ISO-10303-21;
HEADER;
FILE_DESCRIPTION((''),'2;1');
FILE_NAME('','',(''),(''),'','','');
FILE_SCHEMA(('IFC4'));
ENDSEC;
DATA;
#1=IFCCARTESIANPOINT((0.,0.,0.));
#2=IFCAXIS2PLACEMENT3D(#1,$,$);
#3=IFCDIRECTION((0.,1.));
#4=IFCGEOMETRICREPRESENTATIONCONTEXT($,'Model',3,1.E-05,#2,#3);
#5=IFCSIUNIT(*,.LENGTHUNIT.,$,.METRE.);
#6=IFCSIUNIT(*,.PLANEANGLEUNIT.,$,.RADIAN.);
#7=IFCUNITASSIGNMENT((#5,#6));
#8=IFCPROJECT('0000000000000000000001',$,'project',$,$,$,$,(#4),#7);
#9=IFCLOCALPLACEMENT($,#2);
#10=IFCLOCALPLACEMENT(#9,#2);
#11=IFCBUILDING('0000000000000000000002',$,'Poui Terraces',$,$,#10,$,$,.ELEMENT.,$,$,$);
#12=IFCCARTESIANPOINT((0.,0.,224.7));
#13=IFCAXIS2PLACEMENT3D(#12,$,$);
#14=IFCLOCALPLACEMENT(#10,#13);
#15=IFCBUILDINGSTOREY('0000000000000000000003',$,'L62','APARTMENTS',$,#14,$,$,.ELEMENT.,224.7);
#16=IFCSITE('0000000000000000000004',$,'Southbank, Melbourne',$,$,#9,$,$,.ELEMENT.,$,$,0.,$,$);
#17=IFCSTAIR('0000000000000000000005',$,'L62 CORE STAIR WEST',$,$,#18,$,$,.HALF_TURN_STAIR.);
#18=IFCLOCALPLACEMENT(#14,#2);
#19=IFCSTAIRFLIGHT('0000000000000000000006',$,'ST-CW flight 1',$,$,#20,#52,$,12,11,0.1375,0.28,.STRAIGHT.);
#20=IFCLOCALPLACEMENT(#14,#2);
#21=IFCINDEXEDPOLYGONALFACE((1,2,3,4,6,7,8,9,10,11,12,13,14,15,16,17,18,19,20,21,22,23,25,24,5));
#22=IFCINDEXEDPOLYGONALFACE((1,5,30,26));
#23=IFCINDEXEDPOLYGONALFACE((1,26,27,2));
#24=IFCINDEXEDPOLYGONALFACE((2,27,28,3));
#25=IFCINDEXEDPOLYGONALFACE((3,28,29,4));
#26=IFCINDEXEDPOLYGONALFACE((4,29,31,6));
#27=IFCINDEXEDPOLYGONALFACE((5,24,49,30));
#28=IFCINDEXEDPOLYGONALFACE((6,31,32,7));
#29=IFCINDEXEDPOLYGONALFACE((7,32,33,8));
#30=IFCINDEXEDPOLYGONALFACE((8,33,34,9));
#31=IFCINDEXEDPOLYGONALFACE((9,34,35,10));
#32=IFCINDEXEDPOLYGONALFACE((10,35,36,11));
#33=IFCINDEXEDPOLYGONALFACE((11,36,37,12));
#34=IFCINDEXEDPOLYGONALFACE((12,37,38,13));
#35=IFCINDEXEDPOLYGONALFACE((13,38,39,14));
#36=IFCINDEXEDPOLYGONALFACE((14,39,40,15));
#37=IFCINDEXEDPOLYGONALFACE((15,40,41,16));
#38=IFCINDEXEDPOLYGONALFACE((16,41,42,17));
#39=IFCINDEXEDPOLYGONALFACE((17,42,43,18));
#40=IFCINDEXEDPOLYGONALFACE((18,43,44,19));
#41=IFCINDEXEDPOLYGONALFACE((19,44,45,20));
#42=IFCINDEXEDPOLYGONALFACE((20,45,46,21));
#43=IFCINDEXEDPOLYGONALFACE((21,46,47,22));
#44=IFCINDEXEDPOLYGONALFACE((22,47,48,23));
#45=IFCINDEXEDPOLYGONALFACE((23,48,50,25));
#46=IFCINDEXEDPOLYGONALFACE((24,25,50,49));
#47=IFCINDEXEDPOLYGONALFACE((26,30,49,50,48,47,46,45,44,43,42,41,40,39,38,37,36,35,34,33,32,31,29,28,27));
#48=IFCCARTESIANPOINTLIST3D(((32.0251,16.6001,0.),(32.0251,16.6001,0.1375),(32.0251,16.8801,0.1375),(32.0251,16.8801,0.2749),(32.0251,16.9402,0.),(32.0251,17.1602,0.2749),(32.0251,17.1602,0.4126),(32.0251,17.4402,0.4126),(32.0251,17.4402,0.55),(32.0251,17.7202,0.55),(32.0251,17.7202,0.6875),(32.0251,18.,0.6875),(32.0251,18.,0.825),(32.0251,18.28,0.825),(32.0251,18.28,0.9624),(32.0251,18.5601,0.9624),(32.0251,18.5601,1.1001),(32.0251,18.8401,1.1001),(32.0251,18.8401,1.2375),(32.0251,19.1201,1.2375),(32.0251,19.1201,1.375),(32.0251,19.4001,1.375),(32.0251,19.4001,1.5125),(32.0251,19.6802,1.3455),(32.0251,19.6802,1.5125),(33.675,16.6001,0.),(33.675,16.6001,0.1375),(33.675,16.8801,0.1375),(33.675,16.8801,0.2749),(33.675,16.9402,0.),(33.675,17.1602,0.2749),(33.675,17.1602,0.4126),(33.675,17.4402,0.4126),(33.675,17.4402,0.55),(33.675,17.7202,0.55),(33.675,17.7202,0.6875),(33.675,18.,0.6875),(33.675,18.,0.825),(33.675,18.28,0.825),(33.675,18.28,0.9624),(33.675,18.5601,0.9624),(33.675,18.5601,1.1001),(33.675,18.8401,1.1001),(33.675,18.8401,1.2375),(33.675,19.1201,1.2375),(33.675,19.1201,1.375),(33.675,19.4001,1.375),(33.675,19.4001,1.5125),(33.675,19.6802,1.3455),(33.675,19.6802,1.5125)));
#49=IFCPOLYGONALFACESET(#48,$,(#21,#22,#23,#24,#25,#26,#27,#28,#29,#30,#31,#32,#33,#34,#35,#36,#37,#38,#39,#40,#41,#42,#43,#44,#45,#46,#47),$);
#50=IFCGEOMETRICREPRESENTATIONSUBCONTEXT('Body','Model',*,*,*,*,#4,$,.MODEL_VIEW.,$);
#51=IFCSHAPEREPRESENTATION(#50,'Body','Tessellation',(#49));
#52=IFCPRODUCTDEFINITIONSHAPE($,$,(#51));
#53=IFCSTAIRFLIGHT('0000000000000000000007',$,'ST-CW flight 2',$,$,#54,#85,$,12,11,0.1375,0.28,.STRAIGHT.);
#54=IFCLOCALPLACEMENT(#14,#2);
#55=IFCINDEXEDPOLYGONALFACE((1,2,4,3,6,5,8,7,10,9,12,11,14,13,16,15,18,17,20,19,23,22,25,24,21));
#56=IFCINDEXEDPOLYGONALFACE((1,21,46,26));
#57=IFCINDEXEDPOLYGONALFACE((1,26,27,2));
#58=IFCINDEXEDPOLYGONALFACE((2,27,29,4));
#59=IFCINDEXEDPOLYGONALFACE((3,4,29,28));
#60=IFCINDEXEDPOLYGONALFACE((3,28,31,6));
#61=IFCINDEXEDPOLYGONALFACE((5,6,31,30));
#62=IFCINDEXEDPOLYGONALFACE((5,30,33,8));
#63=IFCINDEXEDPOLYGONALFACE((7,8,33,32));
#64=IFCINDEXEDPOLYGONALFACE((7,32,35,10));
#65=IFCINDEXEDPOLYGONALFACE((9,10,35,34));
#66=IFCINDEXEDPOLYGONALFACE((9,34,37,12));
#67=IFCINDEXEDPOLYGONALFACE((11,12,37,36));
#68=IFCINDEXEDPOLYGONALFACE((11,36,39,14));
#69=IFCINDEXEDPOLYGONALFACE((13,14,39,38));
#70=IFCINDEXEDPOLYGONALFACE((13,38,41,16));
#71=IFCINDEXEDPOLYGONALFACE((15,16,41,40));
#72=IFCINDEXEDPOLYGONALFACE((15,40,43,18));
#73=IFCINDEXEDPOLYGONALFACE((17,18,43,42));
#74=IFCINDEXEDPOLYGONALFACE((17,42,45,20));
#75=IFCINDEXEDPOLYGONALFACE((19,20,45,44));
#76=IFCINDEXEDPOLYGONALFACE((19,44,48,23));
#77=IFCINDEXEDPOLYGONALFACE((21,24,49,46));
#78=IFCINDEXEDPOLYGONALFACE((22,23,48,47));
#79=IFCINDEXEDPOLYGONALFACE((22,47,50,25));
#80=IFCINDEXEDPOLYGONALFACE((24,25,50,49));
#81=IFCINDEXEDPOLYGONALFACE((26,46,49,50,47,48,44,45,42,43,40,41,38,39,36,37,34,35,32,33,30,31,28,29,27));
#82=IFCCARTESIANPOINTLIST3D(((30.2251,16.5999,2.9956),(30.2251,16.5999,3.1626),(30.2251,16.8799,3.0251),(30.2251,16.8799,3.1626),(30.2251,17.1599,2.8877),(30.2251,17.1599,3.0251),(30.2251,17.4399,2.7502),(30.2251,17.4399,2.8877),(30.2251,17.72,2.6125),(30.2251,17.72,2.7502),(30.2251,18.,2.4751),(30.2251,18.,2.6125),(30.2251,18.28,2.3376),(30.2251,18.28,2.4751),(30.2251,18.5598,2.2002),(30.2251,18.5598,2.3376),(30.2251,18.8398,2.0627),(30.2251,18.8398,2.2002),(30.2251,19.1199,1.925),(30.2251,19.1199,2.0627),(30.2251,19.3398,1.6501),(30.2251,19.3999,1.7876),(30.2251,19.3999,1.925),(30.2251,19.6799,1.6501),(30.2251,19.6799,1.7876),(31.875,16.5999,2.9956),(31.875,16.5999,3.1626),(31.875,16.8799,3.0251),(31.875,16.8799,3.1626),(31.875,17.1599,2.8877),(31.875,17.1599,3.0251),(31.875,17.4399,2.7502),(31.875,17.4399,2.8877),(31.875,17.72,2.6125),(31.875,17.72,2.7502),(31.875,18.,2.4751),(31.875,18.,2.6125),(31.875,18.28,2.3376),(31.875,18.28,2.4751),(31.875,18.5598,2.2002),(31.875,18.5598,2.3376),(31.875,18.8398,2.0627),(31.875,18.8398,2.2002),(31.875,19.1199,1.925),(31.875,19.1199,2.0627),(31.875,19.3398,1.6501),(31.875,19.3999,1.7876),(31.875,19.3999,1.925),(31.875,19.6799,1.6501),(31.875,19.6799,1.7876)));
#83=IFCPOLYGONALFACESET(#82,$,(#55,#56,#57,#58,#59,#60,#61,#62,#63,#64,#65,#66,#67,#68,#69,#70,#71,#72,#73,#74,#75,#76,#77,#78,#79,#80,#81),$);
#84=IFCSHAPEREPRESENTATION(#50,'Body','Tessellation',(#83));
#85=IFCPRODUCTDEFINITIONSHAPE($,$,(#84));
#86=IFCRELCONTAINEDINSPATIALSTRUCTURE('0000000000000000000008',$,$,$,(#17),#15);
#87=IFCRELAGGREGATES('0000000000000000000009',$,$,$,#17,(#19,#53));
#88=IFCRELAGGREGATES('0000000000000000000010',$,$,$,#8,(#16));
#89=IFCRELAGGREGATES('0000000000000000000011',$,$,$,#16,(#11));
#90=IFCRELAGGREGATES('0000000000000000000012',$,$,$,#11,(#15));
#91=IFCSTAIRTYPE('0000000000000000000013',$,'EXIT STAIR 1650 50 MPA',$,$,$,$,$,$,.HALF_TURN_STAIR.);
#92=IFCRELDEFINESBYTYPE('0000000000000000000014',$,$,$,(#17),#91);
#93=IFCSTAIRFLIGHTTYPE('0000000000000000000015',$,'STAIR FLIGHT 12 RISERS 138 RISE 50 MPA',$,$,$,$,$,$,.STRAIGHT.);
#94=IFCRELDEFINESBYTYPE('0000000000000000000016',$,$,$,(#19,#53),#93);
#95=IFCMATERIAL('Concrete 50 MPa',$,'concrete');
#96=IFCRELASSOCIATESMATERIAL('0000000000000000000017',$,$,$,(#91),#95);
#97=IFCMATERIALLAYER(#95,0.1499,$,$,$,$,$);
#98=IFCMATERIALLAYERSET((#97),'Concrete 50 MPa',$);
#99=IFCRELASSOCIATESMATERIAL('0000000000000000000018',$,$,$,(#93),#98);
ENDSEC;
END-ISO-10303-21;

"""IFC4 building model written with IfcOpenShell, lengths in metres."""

from ifc_helpers import new_model, si_unit, direction, frame, origin, place, context, subcontext, project, spatial, polyline, outline, extrude, material, layer, layer_set, type_object, element, aggregate, save


model = new_model("IFC4")

# Units and contexts
model_context = context("Model", 3, precision=1e-05, world=origin(), true_north=direction((0.0, 1.0)))
body_context = subcontext(model_context, "Body", "Model", "MODEL_VIEW")
ifc_project = project(units=[si_unit("LENGTHUNIT", "METRE"), si_unit("PLANEANGLEUNIT", "RADIAN")], contexts=[model_context])

# Site, building, storey
site_placement = place(None, origin())
site = spatial("IfcSite", under=ifc_project, at=site_placement, Name="Southbank, Melbourne", CompositionType="ELEMENT", RefElevation=0.0)
building_placement = place(site_placement, origin())
building = spatial("IfcBuilding", under=site, at=building_placement, Name="Poui Terraces", CompositionType="ELEMENT")
storey_placement = place(building_placement, frame((0.0, 0.0, 224.7)))
storey = spatial("IfcBuildingStorey", under=building, at=storey_placement, Name="L62", Description="APARTMENTS", CompositionType="ELEMENT", Elevation=224.7)

# Shared definitions
ifc_material_1 = material(Name="Concrete 50 MPa", Category="concrete")

# Stair, stair flights
stair_type = type_object("IfcStairType", Name="EXIT STAIR 1650 50 MPA", PredefinedType="HALF_TURN_STAIR", material=ifc_material_1)
stair_placement = place(storey_placement, origin())
stair = element("IfcStair", 1, at=stair_placement, inside=storey, type_object=stair_type, Name="L62 CORE STAIR WEST", PredefinedType="HALF_TURN_STAIR")
ifc_layer_1 = layer(ifc_material_1, 0.1499)
ifc_layer_set_1 = layer_set([ifc_layer_1], Name="Concrete 50 MPa")
stair_flight_type = type_object("IfcStairFlightType", Name="STAIR FLIGHT 12 RISERS 138 RISE 50 MPA", PredefinedType="STRAIGHT", material=ifc_layer_set_1)
stair_flight_1_placement = place(storey_placement, frame((32.8501, 16.6001, 0.0), z_axis=(0.0, 0.0, 1.0), x_axis=(0.0, 1.0, 0.0)))
stair_flight_1 = element("IfcStairFlight", 2, at=stair_flight_1_placement, type_object=stair_flight_type, Name="ST-CW flight 1", NumberOfRisers=12, NumberOfTreads=11, PredefinedType="STRAIGHT", RiserHeight=0.1375, TreadLength=0.28, context=body_context, shape_type="SweptSolid", body=[
    extrude(outline(polyline([(0.0, 0.0), (0.0, 0.1375), (0.28, 0.1375), (0.28, 0.2749), (0.5601, 0.2749), (0.5601, 0.4126), (0.8401, 0.4126), (0.8401, 0.55), (1.1201, 0.55), (1.1201, 0.6875), (1.3999, 0.6875), (1.3999, 0.825), (1.6799, 0.825), (1.6799, 0.9624), (1.96, 0.9624), (1.96, 1.1001), (2.24, 1.1001), (2.24, 1.2375), (2.52, 1.2375), (2.52, 1.375), (2.8, 1.375), (2.8, 1.5125), (3.0801, 1.5125), (3.0801, 1.6499), (3.0801, 1.3455), (0.3401, 0.0), (0.0, 0.0)])), frame((0.0, 0.825, 0.0), z_axis=(0.0, -1.0, 0.0), x_axis=(1.0, 0.0, 0.0)), (0.0, 0.0, 1.0), 1.6499),
])
stair_flight_2_placement = place(storey_placement, frame((31.05, 19.6799, 1.6501), z_axis=(0.0, 0.0, 1.0), x_axis=(0.0, -1.0, 0.0)))
stair_flight_2 = element("IfcStairFlight", 3, at=stair_flight_2_placement, type_object=stair_flight_type, Name="ST-CW flight 2", NumberOfRisers=12, NumberOfTreads=11, PredefinedType="STRAIGHT", RiserHeight=0.1375, TreadLength=0.28, context=body_context, shape_type="SweptSolid", body=[
    extrude(outline(polyline([(0.0, 0.0), (0.0, 0.1375), (0.28, 0.1375), (0.28, 0.2749), (0.5601, 0.2749), (0.5601, 0.4126), (0.8401, 0.4126), (0.8401, 0.55), (1.1201, 0.55), (1.1201, 0.6875), (1.3999, 0.6875), (1.3999, 0.825), (1.6799, 0.825), (1.6799, 0.9624), (1.96, 0.9624), (1.96, 1.1001), (2.24, 1.1001), (2.24, 1.2375), (2.52, 1.2375), (2.52, 1.375), (2.8, 1.375), (2.8, 1.5125), (3.0801, 1.5125), (3.0801, 1.6499), (3.0801, 1.3455), (0.3401, 0.0), (0.0, 0.0)])), frame((0.0, 0.825, 0.0), z_axis=(0.0, -1.0, 0.0), x_axis=(1.0, 0.0, 0.0)), (0.0, 0.0, 1.0), 1.6499),
])
aggregate(stair, [stair_flight_1, stair_flight_2])

save(model, "model.ifc")
